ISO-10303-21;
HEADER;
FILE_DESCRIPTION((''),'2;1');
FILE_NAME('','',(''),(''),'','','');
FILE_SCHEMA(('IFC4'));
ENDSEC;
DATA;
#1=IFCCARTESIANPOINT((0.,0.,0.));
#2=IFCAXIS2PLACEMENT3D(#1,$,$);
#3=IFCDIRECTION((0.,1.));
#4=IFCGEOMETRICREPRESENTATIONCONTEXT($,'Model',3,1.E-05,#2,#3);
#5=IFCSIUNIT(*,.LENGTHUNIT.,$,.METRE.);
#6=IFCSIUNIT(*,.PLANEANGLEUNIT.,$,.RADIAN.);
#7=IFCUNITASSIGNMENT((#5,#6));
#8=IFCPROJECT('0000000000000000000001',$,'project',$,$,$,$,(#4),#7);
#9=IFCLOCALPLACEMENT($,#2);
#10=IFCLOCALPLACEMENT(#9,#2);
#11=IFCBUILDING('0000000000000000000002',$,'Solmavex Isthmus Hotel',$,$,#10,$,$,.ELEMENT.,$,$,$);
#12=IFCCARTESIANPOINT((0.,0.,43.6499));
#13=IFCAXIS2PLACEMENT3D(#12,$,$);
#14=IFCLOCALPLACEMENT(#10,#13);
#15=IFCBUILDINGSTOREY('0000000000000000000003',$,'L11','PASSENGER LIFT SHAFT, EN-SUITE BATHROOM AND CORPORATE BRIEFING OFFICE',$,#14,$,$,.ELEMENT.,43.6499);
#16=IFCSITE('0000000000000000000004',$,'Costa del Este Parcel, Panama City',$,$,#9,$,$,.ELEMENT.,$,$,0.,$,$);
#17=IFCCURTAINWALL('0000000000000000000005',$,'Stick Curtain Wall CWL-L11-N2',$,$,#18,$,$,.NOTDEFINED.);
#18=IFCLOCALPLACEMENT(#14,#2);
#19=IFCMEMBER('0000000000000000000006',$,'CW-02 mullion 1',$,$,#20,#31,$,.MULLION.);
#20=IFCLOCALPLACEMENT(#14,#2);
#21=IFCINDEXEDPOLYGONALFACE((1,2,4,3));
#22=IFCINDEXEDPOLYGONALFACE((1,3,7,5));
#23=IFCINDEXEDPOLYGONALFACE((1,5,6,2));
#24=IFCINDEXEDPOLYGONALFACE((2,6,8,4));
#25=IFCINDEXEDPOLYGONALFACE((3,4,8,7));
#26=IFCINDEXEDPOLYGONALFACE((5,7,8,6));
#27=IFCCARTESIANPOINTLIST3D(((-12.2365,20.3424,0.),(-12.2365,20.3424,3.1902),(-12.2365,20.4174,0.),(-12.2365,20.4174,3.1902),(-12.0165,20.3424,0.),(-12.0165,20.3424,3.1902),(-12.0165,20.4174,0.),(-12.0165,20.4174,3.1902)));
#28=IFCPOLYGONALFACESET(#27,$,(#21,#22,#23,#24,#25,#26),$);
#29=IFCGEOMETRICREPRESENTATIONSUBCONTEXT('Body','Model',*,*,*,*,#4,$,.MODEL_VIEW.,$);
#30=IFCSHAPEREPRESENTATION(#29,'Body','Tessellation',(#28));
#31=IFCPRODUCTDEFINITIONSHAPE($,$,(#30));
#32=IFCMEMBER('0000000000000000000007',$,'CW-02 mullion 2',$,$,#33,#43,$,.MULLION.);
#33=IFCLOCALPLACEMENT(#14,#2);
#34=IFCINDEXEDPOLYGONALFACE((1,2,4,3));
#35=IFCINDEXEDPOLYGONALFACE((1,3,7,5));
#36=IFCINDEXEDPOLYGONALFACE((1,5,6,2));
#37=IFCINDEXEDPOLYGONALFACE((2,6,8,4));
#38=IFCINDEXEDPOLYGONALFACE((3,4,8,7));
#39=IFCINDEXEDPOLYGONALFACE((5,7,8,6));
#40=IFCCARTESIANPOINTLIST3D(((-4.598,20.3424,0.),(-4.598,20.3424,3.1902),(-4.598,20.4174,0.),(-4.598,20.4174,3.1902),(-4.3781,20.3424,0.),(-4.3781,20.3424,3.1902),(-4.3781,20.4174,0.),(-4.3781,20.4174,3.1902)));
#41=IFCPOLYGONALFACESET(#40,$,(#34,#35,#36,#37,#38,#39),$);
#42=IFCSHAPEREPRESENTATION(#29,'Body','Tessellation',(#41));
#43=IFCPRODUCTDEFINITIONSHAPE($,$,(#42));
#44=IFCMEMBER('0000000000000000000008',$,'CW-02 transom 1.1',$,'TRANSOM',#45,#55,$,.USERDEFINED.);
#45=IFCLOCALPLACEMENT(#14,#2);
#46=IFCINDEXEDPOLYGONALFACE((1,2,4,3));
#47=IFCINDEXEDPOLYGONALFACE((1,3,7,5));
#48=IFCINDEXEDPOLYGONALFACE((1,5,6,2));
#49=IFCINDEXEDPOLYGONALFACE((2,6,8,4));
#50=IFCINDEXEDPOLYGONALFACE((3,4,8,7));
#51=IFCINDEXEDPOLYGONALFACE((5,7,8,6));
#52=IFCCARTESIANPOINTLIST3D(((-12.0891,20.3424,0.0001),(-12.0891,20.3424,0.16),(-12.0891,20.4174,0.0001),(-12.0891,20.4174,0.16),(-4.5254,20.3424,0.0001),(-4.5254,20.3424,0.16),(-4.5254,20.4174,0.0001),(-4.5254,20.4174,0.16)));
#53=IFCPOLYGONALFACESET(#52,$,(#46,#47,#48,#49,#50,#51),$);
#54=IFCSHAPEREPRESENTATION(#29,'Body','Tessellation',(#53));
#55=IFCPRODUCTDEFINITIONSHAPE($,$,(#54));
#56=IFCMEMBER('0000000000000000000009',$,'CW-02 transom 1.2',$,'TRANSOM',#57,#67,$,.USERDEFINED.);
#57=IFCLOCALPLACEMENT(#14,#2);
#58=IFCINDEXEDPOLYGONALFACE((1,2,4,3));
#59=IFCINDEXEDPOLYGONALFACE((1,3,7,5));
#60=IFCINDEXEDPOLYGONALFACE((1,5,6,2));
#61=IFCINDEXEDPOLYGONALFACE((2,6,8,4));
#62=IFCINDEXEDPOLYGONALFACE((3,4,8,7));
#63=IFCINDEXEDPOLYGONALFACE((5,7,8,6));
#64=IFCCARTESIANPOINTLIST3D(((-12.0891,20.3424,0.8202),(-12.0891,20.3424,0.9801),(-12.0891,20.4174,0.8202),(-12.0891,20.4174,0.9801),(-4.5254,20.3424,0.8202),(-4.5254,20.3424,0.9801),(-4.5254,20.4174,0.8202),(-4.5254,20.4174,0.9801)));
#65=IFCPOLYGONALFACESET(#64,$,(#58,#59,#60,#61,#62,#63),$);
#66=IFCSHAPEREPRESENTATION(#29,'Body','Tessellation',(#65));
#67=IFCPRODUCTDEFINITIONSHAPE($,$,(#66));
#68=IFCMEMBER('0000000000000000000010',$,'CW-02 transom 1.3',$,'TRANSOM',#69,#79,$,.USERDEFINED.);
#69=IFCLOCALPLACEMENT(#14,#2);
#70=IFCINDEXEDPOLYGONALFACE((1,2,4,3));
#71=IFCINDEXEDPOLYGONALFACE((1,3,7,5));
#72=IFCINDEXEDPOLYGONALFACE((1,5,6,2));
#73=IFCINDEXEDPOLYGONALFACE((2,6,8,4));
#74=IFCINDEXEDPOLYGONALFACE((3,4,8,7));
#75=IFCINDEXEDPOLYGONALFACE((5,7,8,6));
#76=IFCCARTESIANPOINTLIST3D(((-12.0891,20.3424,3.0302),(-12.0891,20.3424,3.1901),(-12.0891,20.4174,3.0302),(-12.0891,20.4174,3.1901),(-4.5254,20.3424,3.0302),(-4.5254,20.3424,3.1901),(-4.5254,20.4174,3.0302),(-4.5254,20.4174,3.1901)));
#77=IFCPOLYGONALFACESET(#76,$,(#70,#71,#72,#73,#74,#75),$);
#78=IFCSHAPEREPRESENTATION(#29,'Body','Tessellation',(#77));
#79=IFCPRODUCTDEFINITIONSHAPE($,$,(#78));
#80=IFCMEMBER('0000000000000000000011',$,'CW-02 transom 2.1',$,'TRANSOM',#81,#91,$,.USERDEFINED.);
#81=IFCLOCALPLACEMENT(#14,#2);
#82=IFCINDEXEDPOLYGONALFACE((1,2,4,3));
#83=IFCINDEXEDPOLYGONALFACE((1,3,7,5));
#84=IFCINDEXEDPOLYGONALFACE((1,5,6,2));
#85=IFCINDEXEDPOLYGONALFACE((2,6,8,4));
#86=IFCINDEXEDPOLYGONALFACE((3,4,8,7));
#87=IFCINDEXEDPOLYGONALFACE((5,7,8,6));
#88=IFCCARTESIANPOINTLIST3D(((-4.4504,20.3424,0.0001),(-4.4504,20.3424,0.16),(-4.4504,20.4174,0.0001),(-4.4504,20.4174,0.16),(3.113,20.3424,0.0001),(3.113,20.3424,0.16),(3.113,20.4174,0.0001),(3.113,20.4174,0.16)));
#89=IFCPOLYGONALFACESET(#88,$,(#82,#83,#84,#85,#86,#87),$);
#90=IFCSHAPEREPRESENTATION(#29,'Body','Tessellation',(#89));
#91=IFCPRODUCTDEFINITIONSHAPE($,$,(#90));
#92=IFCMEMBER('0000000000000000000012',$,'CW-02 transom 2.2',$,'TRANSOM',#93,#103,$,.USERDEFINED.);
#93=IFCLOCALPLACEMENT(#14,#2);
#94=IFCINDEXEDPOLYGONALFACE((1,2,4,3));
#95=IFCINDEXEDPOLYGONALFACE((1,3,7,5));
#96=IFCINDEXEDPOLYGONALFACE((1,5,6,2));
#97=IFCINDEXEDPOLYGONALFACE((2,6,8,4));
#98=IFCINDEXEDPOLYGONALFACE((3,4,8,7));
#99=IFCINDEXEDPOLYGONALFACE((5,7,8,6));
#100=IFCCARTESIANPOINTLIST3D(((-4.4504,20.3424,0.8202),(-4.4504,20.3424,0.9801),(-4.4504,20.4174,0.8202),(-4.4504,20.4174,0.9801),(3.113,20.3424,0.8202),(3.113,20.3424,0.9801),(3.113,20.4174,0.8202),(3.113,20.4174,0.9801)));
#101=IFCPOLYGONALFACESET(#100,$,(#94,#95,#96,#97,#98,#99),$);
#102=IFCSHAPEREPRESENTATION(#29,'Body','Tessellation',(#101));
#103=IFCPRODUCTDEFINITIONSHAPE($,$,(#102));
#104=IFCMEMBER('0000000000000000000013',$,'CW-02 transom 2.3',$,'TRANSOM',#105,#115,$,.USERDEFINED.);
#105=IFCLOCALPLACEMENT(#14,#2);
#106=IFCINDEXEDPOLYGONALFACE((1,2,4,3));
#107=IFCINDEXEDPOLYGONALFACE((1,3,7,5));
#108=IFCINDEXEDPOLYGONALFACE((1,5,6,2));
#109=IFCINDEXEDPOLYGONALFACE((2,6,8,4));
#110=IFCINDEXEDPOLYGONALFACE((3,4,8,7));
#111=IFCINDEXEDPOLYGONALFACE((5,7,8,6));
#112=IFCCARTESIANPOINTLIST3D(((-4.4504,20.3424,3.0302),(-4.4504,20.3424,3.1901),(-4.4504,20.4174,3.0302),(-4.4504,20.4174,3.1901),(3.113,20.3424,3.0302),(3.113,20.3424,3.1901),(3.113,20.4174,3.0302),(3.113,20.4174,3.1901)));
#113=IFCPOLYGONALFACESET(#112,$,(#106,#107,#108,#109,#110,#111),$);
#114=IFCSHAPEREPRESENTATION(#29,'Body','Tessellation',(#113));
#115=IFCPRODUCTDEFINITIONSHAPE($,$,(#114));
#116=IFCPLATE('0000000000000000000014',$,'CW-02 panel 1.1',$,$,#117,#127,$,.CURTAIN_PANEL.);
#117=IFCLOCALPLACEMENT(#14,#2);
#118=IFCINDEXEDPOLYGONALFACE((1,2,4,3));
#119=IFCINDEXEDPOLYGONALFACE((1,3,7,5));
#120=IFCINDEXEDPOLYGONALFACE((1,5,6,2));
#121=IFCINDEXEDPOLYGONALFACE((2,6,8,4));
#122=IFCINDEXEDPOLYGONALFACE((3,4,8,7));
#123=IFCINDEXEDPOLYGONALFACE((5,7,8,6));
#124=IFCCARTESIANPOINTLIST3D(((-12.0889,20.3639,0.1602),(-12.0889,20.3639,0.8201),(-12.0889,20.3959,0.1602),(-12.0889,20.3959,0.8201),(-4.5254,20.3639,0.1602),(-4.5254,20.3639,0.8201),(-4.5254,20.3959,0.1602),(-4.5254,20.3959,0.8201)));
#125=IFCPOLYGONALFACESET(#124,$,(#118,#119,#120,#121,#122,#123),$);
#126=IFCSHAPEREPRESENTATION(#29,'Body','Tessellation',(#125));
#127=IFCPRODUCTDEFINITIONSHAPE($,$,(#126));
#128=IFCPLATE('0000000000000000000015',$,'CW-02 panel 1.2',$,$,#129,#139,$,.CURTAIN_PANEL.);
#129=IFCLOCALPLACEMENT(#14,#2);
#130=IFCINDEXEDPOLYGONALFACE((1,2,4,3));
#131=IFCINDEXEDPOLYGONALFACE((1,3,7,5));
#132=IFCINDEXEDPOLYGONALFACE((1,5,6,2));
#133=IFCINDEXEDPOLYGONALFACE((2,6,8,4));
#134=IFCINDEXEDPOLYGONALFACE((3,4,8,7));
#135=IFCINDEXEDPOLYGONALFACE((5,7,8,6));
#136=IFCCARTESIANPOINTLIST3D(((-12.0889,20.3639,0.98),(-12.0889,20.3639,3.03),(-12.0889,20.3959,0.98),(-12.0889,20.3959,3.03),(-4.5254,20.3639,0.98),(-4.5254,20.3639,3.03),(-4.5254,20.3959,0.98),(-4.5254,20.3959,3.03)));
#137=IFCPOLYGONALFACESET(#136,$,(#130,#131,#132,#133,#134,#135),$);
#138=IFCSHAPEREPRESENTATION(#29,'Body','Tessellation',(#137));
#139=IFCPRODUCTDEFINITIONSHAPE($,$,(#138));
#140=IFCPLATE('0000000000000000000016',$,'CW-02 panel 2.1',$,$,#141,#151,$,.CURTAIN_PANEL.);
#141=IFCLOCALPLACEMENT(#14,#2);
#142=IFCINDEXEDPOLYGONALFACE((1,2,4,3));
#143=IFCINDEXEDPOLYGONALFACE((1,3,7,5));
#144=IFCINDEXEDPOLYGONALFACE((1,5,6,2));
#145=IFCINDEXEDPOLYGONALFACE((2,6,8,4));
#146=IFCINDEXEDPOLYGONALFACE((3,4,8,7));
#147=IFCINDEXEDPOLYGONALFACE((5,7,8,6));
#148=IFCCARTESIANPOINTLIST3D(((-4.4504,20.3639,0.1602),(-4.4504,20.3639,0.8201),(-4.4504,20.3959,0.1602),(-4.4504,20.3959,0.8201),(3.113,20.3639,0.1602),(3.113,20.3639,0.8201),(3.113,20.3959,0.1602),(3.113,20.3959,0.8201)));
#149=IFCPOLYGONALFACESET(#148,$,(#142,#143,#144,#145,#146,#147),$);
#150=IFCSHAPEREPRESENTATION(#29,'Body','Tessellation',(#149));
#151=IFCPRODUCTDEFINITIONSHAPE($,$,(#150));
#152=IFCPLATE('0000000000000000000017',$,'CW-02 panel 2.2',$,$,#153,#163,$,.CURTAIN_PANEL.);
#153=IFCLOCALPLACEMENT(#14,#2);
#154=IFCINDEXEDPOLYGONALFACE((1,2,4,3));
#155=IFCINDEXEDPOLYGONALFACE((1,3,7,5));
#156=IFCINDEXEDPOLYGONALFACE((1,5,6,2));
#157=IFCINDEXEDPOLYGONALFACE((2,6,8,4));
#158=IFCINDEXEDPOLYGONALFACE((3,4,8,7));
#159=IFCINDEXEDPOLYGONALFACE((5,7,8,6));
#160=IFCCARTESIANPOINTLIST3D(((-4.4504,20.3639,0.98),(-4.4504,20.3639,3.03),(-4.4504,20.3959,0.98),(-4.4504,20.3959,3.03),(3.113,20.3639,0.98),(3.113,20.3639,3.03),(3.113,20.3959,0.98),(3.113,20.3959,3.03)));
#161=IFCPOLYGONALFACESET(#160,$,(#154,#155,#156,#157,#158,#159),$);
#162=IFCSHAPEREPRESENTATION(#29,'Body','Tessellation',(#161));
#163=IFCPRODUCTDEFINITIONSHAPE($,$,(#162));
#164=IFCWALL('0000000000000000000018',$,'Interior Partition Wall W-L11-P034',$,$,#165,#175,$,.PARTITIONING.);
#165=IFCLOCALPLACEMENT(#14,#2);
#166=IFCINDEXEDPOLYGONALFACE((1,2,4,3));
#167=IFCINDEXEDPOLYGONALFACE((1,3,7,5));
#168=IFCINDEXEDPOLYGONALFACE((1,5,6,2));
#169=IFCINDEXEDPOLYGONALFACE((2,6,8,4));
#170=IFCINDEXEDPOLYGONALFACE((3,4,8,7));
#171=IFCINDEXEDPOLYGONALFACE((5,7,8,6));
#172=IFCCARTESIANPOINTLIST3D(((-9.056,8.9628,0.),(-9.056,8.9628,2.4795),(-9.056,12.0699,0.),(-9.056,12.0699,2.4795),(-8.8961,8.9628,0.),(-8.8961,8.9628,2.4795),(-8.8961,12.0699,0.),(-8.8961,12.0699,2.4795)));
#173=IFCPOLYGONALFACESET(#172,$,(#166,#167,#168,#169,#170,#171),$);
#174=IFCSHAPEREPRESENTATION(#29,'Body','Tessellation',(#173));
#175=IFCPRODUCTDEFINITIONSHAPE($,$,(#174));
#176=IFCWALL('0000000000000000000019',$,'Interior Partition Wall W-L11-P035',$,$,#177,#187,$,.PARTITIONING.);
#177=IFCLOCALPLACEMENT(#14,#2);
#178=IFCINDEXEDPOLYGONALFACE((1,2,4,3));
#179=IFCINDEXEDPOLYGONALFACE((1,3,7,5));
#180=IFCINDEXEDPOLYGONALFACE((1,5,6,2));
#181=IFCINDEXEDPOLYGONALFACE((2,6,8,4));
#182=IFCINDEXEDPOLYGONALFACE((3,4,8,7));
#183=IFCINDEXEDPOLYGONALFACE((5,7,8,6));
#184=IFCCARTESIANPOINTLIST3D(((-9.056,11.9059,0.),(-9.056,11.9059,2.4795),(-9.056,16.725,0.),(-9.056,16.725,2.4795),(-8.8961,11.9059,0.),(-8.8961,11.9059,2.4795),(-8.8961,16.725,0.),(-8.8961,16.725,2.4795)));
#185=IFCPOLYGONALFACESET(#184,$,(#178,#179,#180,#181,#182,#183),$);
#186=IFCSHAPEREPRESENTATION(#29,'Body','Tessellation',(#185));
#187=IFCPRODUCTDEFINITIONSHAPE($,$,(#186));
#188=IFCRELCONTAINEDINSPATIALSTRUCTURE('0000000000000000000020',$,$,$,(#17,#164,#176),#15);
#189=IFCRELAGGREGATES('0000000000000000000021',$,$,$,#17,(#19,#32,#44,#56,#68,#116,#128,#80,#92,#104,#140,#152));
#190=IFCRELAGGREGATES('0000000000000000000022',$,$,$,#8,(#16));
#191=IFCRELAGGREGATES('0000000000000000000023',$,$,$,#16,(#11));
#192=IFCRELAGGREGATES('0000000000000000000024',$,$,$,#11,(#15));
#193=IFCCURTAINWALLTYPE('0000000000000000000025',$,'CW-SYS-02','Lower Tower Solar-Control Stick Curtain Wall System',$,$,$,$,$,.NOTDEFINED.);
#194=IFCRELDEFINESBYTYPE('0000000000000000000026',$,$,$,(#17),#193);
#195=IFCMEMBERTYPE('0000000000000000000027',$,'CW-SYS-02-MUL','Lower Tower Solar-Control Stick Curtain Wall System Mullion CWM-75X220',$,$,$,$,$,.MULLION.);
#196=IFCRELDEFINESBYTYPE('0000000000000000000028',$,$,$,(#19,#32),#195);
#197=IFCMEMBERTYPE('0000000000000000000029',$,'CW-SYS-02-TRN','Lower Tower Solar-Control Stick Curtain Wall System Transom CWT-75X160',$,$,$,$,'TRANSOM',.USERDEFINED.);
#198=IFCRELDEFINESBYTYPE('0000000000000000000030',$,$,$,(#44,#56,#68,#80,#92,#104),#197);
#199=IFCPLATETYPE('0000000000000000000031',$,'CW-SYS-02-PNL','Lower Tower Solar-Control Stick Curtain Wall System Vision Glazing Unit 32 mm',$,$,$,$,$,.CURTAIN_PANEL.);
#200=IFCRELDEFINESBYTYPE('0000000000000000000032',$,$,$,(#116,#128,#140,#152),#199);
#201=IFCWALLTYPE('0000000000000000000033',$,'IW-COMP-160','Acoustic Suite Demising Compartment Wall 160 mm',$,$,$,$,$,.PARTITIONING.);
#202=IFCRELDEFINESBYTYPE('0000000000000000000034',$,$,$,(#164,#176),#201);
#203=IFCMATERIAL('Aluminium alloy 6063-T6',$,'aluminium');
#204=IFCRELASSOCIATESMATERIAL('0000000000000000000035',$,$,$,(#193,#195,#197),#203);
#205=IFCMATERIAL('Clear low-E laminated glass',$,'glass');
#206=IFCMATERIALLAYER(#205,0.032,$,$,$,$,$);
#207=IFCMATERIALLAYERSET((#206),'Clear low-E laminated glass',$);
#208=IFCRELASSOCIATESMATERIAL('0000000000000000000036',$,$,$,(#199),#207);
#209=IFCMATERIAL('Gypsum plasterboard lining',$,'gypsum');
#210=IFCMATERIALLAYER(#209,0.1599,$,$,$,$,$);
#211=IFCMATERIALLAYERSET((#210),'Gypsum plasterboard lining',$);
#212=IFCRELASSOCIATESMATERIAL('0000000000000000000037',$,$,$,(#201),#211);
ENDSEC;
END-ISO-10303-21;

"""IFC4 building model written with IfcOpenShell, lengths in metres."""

from ifc_helpers import new_model, si_unit, direction, frame, frame_2d, origin, origin_2d, place, context, subcontext, project, spatial, rectangle, extrude, material, layer, layer_set, material_profile, profile_set, type_object, element, aggregate, save


model = new_model("IFC4")

# Units and contexts
model_context = context("Model", 3, precision=1e-05, world=origin(), true_north=direction((0.0, 1.0)))
body_context = subcontext(model_context, "Body", "Model", "MODEL_VIEW")
ifc_project = project(units=[si_unit("LENGTHUNIT", "METRE"), si_unit("PLANEANGLEUNIT", "RADIAN")], contexts=[model_context])

# Site, building, storey
site_placement = place(None, origin())
site = spatial("IfcSite", under=ifc_project, at=site_placement, Name="Costa del Este Parcel, Panama City", CompositionType="ELEMENT", RefElevation=0.0)
building_placement = place(site_placement, origin())
building = spatial("IfcBuilding", under=site, at=building_placement, Name="Solmavex Isthmus Hotel", CompositionType="ELEMENT")
storey_placement = place(building_placement, frame((0.0, 0.0, 43.6499)))
storey = spatial("IfcBuildingStorey", under=building, at=storey_placement, Name="L11", Description="PASSENGER LIFT SHAFT, EN-SUITE BATHROOM AND CORPORATE BRIEFING OFFICE", CompositionType="ELEMENT", Elevation=43.6499)

# Curtain wall, members, plates
ifc_material_1 = material(Name="Aluminium alloy 6063-T6", Category="aluminium")
curtain_wall_type = type_object("IfcCurtainWallType", Name="CW-SYS-02", Description="Lower Tower Solar-Control Stick Curtain Wall System", PredefinedType="NOTDEFINED", material=ifc_material_1)
curtain_wall_placement = place(storey_placement, origin())
curtain_wall = element("IfcCurtainWall", 1, at=curtain_wall_placement, inside=storey, type_object=curtain_wall_type, Name="Stick Curtain Wall CWL-L11-N2", PredefinedType="NOTDEFINED")
ifc_material_profile_1 = material_profile(ifc_material_1, rectangle(XDim=0.075, YDim=0.22, at=origin_2d()), Name="CWM-75X220")
ifc_profile_set_1 = profile_set([ifc_material_profile_1], Name="Aluminium alloy 6063-T6")
member_type_1 = type_object("IfcMemberType", Name="CW-SYS-02-MUL", Description="Lower Tower Solar-Control Stick Curtain Wall System Mullion CWM-75X220", PredefinedType="MULLION", material=ifc_profile_set_1)
member_1_placement = place(storey_placement, frame((-12.1265, 20.3799, 0.0), z_axis=(0.0, 0.0, 1.0), x_axis=(0.0, 1.0, 0.0)))
member_1 = element("IfcMember", 2, at=member_1_placement, type_object=member_type_1, Name="CW-02 mullion 1", PredefinedType="MULLION", context=body_context, shape_type="SweptSolid", body=[
    extrude(rectangle(XDim=0.075, YDim=0.22, at=origin_2d()), origin(), (0.0, 0.0, 1.0), 3.1902),
])
member_2_placement = place(storey_placement, frame((-4.488, 20.3799, 0.0), z_axis=(0.0, 0.0, 1.0), x_axis=(0.0, 1.0, 0.0)))
member_2 = element("IfcMember", 3, at=member_2_placement, type_object=member_type_1, Name="CW-02 mullion 2", PredefinedType="MULLION", context=body_context, shape_type="SweptSolid", body=[
    extrude(rectangle(XDim=0.075, YDim=0.22, at=origin_2d()), origin(), (0.0, 0.0, 1.0), 3.1902),
])
ifc_material_profile_2 = material_profile(ifc_material_1, rectangle(XDim=0.075, YDim=0.1599, at=origin_2d()), Name="CWT-75X160")
ifc_profile_set_2 = profile_set([ifc_material_profile_2], Name="Aluminium alloy 6063-T6")
member_type_2 = type_object("IfcMemberType", Name="CW-SYS-02-TRN", Description="Lower Tower Solar-Control Stick Curtain Wall System Transom CWT-75X160", ElementType="TRANSOM", PredefinedType="USERDEFINED", material=ifc_profile_set_2)
member_3_placement = place(storey_placement, frame((-12.0891, 20.3799, 0.0801), z_axis=(1.0, 0.0, 0.0), x_axis=(0.0, 1.0, 0.0)))
member_3 = element("IfcMember", 4, at=member_3_placement, type_object=member_type_2, Name="CW-02 transom 1.1", ObjectType="TRANSOM", PredefinedType="USERDEFINED", context=body_context, shape_type="SweptSolid", body=[
    extrude(rectangle(XDim=0.075, YDim=0.1599, at=origin_2d()), origin(), (0.0, 0.0, 1.0), 7.5637),
])
member_4_placement = place(storey_placement, frame((-12.0891, 20.3799, 0.9001), z_axis=(1.0, 0.0, 0.0), x_axis=(0.0, 1.0, 0.0)))
member_4 = element("IfcMember", 5, at=member_4_placement, type_object=member_type_2, Name="CW-02 transom 1.2", ObjectType="TRANSOM", PredefinedType="USERDEFINED", context=body_context, shape_type="SweptSolid", body=[
    extrude(rectangle(XDim=0.075, YDim=0.1599, at=origin_2d()), origin(), (0.0, 0.0, 1.0), 7.5637),
])
member_5_placement = place(storey_placement, frame((-12.0891, 20.3799, 3.1101), z_axis=(1.0, 0.0, 0.0), x_axis=(0.0, 1.0, 0.0)))
member_5 = element("IfcMember", 6, at=member_5_placement, type_object=member_type_2, Name="CW-02 transom 1.3", ObjectType="TRANSOM", PredefinedType="USERDEFINED", context=body_context, shape_type="SweptSolid", body=[
    extrude(rectangle(XDim=0.075, YDim=0.1599, at=origin_2d()), origin(), (0.0, 0.0, 1.0), 7.5637),
])
member_6_placement = place(storey_placement, frame((-4.4504, 20.3799, 0.0801), z_axis=(1.0, 0.0, 0.0), x_axis=(0.0, 1.0, 0.0)))
member_6 = element("IfcMember", 7, at=member_6_placement, type_object=member_type_2, Name="CW-02 transom 2.1", ObjectType="TRANSOM", PredefinedType="USERDEFINED", context=body_context, shape_type="SweptSolid", body=[
    extrude(rectangle(XDim=0.075, YDim=0.1599, at=origin_2d()), origin(), (0.0, 0.0, 1.0), 7.5635),
])
member_7_placement = place(storey_placement, frame((-4.4504, 20.3799, 0.9001), z_axis=(1.0, 0.0, 0.0), x_axis=(0.0, 1.0, 0.0)))
member_7 = element("IfcMember", 8, at=member_7_placement, type_object=member_type_2, Name="CW-02 transom 2.2", ObjectType="TRANSOM", PredefinedType="USERDEFINED", context=body_context, shape_type="SweptSolid", body=[
    extrude(rectangle(XDim=0.075, YDim=0.1599, at=origin_2d()), origin(), (0.0, 0.0, 1.0), 7.5635),
])
member_8_placement = place(storey_placement, frame((-4.4504, 20.3799, 3.1101), z_axis=(1.0, 0.0, 0.0), x_axis=(0.0, 1.0, 0.0)))
member_8 = element("IfcMember", 9, at=member_8_placement, type_object=member_type_2, Name="CW-02 transom 2.3", ObjectType="TRANSOM", PredefinedType="USERDEFINED", context=body_context, shape_type="SweptSolid", body=[
    extrude(rectangle(XDim=0.075, YDim=0.1599, at=origin_2d()), origin(), (0.0, 0.0, 1.0), 7.5635),
])
ifc_material_2 = material(Name="Clear low-E laminated glass", Category="glass")
ifc_layer_1 = layer(ifc_material_2, 0.032)
ifc_layer_set_1 = layer_set([ifc_layer_1], Name="Clear low-E laminated glass")
plate_type = type_object("IfcPlateType", Name="CW-SYS-02-PNL", Description="Lower Tower Solar-Control Stick Curtain Wall System Vision Glazing Unit 32 mm", PredefinedType="CURTAIN_PANEL", material=ifc_layer_set_1)
plate_1_placement = place(storey_placement, frame((-8.3071, 20.3799, 0.1602), z_axis=(0.0, 0.0, 1.0), x_axis=(1.0, 0.0, 0.0)))
plate_1 = element("IfcPlate", 10, at=plate_1_placement, type_object=plate_type, Name="CW-02 panel 1.1", PredefinedType="CURTAIN_PANEL", context=body_context, shape_type="SweptSolid", body=[
    extrude(rectangle(XDim=7.5635, YDim=0.032, at=origin_2d()), origin(), (0.0, 0.0, 1.0), 0.6599),
])
plate_2_placement = place(storey_placement, frame((-8.3071, 20.3799, 0.98), z_axis=(0.0, 0.0, 1.0), x_axis=(1.0, 0.0, 0.0)))
plate_2 = element("IfcPlate", 11, at=plate_2_placement, type_object=plate_type, Name="CW-02 panel 1.2", PredefinedType="CURTAIN_PANEL", context=body_context, shape_type="SweptSolid", body=[
    extrude(rectangle(XDim=7.5635, YDim=0.032, at=origin_2d()), origin(), (0.0, 0.0, 1.0), 2.05),
])
plate_3_placement = place(storey_placement, frame((-0.6687, 20.3799, 0.1602), z_axis=(0.0, 0.0, 1.0), x_axis=(1.0, 0.0, 0.0)))
plate_3 = element("IfcPlate", 12, at=plate_3_placement, type_object=plate_type, Name="CW-02 panel 2.1", PredefinedType="CURTAIN_PANEL", context=body_context, shape_type="SweptSolid", body=[
    extrude(rectangle(XDim=7.5635, YDim=0.032, at=origin_2d()), origin(), (0.0, 0.0, 1.0), 0.6599),
])
plate_4_placement = place(storey_placement, frame((-0.6687, 20.3799, 0.98), z_axis=(0.0, 0.0, 1.0), x_axis=(1.0, 0.0, 0.0)))
plate_4 = element("IfcPlate", 13, at=plate_4_placement, type_object=plate_type, Name="CW-02 panel 2.2", PredefinedType="CURTAIN_PANEL", context=body_context, shape_type="SweptSolid", body=[
    extrude(rectangle(XDim=7.5635, YDim=0.032, at=origin_2d()), origin(), (0.0, 0.0, 1.0), 2.05),
])
aggregate(curtain_wall, [member_1, member_2, member_3, member_4, member_5, plate_1, plate_2, member_6, member_7, member_8, plate_3, plate_4])

# Walls
ifc_material_3 = material(Name="Gypsum plasterboard lining", Category="gypsum")
ifc_layer_2 = layer(ifc_material_3, 0.1599)
ifc_layer_set_2 = layer_set([ifc_layer_2], Name="Gypsum plasterboard lining")
wall_type_1 = type_object("IfcWallType", Name="IW-COMP-160", Description="Acoustic Suite Demising Compartment Wall 160 mm", PredefinedType="PARTITIONING", material=ifc_layer_set_2)
wall_1_placement = place(storey_placement, frame((-8.9761, 12.0701, 0.0), z_axis=(0.0, 0.0, 1.0), x_axis=(0.0, -1.0, 0.0)))
element("IfcWall", 14, at=wall_1_placement, inside=storey, type_object=wall_type_1, Name="Interior Partition Wall W-L11-P034", PredefinedType="PARTITIONING", context=body_context, shape_type="SweptSolid", body=[
    extrude(rectangle(XDim=3.1072, YDim=0.1599, at=frame_2d((1.5537, 0.0))), origin(), (0.0, 0.0, 1.0), 2.4795),
])
wall_2_placement = place(storey_placement, frame((-8.9761, 16.7251, 0.0), z_axis=(0.0, 0.0, 1.0), x_axis=(0.0, -1.0, 0.0)))
element("IfcWall", 15, at=wall_2_placement, inside=storey, type_object=wall_type_1, Name="Interior Partition Wall W-L11-P035", PredefinedType="PARTITIONING", context=body_context, shape_type="SweptSolid", body=[
    extrude(rectangle(XDim=4.8191, YDim=0.1599, at=frame_2d((2.4097, 0.0))), origin(), (0.0, 0.0, 1.0), 2.4795),
])

save(model, "model.ifc")
